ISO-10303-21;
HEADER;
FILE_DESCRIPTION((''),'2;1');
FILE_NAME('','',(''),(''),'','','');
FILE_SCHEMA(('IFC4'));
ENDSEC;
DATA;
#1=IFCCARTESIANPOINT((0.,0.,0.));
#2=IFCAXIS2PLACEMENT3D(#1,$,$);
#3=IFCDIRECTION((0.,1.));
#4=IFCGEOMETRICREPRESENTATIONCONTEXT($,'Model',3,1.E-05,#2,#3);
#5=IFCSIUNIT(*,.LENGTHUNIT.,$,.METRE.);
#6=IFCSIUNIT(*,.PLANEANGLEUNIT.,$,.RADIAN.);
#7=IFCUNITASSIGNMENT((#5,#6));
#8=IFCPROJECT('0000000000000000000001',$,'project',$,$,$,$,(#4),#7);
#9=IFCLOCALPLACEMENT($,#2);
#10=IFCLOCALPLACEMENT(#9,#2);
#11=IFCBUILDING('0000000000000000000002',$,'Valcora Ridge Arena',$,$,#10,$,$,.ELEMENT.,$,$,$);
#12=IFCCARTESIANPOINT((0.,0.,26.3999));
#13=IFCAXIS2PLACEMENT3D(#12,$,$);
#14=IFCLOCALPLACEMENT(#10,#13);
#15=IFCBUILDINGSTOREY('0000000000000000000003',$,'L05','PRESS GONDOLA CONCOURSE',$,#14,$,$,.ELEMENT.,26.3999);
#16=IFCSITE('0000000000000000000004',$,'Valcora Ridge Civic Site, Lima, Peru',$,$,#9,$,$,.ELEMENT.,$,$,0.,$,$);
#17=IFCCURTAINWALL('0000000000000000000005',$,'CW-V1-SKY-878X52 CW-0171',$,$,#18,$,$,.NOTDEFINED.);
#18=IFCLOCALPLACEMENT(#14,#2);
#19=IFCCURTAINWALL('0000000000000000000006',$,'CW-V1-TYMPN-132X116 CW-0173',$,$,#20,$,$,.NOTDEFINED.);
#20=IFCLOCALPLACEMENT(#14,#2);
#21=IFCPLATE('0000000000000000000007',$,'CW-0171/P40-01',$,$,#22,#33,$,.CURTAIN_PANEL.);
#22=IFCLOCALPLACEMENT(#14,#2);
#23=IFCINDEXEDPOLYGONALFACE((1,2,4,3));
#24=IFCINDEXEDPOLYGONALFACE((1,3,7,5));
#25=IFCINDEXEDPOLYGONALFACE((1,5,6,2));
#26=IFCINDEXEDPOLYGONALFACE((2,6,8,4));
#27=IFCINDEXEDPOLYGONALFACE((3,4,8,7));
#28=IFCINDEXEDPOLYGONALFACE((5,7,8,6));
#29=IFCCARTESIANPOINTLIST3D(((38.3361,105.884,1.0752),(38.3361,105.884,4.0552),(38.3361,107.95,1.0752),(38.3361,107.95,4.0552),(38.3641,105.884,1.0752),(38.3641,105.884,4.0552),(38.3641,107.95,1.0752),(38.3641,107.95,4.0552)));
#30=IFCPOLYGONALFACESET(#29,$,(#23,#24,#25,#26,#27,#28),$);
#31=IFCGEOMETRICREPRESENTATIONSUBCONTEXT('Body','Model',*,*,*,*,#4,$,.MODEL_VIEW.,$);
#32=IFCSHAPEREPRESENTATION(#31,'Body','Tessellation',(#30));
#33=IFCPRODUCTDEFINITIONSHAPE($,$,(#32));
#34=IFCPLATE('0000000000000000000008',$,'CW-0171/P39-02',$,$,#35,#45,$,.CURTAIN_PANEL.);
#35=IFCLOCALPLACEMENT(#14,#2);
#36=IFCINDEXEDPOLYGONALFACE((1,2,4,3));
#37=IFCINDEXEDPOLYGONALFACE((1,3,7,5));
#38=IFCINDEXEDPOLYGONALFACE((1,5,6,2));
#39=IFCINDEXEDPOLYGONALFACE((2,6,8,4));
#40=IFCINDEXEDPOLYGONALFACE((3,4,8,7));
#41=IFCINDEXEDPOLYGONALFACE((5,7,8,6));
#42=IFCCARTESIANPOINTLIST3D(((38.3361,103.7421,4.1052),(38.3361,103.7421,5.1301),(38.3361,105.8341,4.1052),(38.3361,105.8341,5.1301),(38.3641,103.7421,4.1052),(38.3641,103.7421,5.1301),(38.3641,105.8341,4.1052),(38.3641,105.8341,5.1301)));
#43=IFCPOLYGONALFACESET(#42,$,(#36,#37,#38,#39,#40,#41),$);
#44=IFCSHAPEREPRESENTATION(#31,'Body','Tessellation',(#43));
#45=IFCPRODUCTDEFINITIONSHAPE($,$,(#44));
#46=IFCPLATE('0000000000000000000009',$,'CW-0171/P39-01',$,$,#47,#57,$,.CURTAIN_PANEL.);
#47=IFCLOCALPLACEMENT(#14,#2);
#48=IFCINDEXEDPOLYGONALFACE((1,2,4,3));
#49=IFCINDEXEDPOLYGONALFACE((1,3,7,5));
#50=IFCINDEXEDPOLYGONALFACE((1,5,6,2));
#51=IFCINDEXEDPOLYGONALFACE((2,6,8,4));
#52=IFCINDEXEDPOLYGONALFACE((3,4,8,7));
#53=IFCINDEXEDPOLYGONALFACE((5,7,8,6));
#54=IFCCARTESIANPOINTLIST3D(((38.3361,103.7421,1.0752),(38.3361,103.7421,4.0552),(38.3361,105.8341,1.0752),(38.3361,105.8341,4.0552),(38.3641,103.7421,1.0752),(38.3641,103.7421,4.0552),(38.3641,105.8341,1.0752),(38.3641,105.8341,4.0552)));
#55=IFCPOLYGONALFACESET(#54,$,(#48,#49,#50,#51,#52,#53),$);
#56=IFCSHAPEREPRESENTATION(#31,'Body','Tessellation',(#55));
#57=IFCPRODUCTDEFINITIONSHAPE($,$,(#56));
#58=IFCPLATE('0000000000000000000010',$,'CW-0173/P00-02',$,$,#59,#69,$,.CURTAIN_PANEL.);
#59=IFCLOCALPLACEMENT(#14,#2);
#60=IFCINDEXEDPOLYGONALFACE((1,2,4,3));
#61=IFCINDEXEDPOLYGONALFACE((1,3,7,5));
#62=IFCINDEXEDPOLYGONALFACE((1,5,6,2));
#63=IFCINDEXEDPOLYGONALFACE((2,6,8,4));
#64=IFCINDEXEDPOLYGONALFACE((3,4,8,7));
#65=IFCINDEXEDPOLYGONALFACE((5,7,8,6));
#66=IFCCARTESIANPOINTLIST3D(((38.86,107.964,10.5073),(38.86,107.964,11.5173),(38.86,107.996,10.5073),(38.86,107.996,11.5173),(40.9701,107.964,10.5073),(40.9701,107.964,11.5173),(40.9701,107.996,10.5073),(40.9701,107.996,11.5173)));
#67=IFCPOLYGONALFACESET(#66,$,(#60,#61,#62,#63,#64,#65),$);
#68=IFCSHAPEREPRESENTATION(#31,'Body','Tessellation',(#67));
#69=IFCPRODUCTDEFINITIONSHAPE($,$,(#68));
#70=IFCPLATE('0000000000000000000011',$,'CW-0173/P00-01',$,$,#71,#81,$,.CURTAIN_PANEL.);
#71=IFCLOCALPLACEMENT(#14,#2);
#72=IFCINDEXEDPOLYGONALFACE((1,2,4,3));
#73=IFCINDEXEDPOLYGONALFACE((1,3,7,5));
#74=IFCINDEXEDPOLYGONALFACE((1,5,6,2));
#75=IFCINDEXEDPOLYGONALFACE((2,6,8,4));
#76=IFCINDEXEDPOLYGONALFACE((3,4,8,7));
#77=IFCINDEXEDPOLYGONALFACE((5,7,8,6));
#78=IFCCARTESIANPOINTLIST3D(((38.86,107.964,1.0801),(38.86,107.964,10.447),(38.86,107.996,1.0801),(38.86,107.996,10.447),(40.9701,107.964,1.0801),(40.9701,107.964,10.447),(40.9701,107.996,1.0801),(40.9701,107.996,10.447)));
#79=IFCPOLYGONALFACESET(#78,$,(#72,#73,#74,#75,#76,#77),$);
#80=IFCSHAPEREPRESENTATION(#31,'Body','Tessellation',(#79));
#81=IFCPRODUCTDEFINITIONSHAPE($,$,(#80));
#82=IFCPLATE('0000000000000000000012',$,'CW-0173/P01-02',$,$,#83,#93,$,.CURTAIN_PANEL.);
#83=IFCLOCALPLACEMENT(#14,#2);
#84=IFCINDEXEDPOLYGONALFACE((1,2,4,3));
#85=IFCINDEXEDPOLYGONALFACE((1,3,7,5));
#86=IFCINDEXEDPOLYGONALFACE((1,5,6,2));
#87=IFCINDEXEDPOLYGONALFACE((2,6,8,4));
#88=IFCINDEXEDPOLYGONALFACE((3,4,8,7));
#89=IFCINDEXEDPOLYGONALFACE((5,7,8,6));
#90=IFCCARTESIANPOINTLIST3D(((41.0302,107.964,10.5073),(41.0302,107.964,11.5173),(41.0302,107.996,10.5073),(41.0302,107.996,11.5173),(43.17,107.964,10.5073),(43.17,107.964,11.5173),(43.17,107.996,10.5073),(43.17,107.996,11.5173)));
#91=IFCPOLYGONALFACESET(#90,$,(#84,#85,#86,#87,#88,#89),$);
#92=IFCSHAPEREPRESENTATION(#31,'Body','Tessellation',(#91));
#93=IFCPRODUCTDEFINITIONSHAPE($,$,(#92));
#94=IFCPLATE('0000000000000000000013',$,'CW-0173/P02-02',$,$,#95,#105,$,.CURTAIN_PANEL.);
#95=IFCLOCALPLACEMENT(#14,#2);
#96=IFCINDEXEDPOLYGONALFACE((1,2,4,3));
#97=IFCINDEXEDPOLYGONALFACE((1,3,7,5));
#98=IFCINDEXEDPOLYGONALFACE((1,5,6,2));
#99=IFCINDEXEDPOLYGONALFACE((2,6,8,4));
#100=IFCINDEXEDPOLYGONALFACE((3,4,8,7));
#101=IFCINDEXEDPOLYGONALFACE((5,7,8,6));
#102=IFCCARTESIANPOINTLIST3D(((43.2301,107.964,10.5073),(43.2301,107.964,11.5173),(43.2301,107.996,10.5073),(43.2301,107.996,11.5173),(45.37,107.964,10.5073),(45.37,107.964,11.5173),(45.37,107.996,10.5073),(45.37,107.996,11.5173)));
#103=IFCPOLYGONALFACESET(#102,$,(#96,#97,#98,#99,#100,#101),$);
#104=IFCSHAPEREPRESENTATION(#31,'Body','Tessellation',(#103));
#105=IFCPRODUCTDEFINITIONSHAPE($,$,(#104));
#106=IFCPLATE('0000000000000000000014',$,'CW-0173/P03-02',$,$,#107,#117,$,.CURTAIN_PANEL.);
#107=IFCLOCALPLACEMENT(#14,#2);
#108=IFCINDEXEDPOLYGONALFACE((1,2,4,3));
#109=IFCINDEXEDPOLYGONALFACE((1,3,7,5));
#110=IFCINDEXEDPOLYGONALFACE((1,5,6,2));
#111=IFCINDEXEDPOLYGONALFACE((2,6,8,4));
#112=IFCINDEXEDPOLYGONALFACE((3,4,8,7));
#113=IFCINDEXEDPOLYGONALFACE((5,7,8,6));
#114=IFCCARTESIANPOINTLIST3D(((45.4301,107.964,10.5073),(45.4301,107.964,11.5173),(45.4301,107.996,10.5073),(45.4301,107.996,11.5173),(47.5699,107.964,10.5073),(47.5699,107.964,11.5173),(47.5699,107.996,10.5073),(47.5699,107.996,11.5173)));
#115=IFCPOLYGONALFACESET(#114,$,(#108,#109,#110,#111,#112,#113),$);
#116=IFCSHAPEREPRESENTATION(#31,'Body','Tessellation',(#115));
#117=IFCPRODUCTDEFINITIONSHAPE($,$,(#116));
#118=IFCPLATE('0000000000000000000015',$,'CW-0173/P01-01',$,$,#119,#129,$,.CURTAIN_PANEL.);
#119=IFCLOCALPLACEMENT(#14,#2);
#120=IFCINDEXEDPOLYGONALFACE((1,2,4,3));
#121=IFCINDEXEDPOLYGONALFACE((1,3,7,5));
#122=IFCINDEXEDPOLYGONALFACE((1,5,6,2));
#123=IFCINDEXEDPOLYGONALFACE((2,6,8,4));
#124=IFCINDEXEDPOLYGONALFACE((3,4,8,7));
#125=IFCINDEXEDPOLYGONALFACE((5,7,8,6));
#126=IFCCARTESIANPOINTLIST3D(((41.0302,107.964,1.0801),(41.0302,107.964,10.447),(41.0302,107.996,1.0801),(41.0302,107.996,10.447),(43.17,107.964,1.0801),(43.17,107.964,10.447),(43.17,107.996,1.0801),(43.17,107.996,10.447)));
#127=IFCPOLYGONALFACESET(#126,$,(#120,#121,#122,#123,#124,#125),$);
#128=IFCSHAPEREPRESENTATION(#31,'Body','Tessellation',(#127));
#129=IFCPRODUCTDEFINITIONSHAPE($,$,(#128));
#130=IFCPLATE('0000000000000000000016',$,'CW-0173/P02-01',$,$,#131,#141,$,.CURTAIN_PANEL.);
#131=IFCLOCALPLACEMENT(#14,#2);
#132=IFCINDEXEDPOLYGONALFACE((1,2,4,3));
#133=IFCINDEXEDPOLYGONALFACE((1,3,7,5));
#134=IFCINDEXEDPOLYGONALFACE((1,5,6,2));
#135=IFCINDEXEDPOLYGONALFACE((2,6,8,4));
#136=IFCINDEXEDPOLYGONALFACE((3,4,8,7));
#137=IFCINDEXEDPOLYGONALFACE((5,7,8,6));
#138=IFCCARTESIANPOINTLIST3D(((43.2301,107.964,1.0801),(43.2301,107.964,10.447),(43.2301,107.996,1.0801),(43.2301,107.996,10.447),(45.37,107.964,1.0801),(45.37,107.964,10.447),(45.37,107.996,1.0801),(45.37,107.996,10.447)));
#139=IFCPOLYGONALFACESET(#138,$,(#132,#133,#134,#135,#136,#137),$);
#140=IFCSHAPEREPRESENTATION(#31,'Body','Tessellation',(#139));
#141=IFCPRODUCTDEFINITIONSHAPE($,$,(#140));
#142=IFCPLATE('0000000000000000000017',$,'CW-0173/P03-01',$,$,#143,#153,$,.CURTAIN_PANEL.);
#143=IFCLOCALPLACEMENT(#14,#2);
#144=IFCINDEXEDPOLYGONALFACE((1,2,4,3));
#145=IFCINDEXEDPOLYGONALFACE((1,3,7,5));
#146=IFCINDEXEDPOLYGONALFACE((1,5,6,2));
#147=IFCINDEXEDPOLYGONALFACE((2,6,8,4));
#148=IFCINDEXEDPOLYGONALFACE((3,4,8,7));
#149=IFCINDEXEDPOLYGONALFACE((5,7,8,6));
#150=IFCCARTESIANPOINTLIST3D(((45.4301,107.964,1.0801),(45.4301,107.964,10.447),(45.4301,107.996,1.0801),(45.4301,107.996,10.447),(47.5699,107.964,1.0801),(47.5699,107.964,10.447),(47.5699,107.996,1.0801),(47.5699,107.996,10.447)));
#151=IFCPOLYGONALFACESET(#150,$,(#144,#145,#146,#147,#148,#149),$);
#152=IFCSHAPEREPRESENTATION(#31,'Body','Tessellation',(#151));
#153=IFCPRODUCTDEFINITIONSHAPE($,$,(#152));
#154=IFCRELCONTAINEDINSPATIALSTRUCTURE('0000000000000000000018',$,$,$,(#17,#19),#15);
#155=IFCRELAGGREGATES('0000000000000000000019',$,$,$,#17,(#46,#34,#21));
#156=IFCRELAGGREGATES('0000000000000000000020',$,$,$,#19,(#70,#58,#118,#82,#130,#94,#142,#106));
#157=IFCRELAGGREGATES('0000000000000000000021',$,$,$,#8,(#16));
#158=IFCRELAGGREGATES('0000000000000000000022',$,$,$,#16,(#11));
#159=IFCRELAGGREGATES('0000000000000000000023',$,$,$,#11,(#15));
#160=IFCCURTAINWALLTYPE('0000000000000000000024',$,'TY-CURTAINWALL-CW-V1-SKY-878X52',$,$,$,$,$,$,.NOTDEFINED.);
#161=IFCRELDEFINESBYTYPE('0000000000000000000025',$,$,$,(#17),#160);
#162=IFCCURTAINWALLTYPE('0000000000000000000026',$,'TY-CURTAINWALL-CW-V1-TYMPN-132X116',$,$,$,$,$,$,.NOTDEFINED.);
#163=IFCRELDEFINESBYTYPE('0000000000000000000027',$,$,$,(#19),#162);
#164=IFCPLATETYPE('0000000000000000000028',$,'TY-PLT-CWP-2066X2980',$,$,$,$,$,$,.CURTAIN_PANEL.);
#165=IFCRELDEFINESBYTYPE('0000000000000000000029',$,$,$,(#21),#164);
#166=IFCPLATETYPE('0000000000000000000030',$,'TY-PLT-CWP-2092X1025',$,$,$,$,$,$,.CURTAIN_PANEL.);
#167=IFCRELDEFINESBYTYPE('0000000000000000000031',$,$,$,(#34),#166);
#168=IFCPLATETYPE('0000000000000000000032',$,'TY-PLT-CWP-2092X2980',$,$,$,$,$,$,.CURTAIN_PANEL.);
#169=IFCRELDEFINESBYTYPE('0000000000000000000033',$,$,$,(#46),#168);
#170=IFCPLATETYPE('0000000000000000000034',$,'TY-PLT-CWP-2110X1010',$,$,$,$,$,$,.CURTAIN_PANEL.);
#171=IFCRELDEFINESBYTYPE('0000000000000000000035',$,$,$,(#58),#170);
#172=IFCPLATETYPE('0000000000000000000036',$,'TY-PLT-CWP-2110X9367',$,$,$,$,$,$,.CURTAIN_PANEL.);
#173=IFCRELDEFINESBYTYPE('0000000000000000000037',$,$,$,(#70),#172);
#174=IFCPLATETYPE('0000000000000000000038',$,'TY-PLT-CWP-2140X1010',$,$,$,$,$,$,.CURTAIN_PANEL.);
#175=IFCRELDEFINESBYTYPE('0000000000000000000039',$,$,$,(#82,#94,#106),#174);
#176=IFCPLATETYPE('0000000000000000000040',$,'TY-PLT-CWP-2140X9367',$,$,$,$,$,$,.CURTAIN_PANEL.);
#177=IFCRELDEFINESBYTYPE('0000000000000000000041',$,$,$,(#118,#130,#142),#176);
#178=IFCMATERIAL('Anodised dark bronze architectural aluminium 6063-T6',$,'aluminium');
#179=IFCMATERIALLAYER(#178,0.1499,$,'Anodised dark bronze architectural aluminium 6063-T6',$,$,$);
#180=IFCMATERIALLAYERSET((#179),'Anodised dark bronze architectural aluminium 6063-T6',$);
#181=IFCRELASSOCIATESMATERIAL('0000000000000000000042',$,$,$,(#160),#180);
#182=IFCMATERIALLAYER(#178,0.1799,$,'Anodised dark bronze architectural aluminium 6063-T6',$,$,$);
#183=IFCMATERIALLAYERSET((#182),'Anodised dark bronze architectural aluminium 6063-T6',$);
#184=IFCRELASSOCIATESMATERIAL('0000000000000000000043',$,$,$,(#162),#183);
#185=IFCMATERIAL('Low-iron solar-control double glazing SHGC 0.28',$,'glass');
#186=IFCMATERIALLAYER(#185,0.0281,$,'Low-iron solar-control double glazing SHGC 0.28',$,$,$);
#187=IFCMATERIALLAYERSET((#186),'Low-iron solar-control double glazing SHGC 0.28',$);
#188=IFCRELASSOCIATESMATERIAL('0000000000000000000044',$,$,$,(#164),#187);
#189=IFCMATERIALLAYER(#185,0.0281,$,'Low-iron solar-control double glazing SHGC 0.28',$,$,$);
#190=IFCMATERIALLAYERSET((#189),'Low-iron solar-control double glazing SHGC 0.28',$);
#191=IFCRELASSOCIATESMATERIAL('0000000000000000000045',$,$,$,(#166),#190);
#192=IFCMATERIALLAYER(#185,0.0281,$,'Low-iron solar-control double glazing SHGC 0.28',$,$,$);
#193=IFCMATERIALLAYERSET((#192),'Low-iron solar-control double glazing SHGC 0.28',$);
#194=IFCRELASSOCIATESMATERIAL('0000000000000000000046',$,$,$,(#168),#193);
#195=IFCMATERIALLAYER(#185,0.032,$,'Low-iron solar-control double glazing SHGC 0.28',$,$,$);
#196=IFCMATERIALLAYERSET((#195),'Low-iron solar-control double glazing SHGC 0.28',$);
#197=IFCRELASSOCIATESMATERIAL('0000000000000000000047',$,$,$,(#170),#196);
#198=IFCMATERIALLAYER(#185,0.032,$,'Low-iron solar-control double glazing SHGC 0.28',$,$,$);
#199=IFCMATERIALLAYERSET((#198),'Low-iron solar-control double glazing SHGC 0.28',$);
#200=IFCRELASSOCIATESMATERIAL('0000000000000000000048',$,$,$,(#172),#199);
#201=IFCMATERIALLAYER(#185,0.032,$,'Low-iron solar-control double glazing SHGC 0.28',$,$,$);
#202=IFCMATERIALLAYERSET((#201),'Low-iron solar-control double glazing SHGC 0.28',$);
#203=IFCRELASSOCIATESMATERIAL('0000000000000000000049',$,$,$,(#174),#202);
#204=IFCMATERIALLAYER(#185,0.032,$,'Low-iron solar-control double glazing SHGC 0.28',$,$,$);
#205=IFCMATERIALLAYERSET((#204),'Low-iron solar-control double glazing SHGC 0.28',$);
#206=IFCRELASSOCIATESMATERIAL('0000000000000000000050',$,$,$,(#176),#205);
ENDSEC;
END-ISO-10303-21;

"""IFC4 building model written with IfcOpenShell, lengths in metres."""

from ifc_helpers import new_model, si_unit, direction, frame, origin, origin_2d, place, context, subcontext, project, spatial, rectangle, extrude, material, layer, layer_set, type_object, element, aggregate, save


model = new_model("IFC4")

# Units and contexts
model_context = context("Model", 3, precision=1e-05, world=origin(), true_north=direction((0.0, 1.0)))
body_context = subcontext(model_context, "Body", "Model", "MODEL_VIEW")
ifc_project = project(units=[si_unit("LENGTHUNIT", "METRE"), si_unit("PLANEANGLEUNIT", "RADIAN")], contexts=[model_context])

# Site, building, storey
site_placement = place(None, origin())
site = spatial("IfcSite", under=ifc_project, at=site_placement, Name="Valcora Ridge Civic Site, Lima, Peru", CompositionType="ELEMENT", RefElevation=0.0)
building_placement = place(site_placement, origin())
building = spatial("IfcBuilding", under=site, at=building_placement, Name="Valcora Ridge Arena", CompositionType="ELEMENT")
storey_placement = place(building_placement, frame((0.0, 0.0, 26.3999)))
storey = spatial("IfcBuildingStorey", under=building, at=storey_placement, Name="L05", Description="PRESS GONDOLA CONCOURSE", CompositionType="ELEMENT", Elevation=26.3999)

# Curtain walls
ifc_material_1 = material(Name="Anodised dark bronze architectural aluminium 6063-T6", Category="aluminium")
ifc_layer_1 = layer(ifc_material_1, 0.1499, Name="Anodised dark bronze architectural aluminium 6063-T6")
ifc_layer_set_1 = layer_set([ifc_layer_1], Name="Anodised dark bronze architectural aluminium 6063-T6")
curtain_wall_type_1 = type_object("IfcCurtainWallType", Name="TY-CURTAINWALL-CW-V1-SKY-878X52", PredefinedType="NOTDEFINED", material=ifc_layer_set_1)
curtain_wall_1_placement = place(storey_placement, origin())
curtain_wall_1 = element("IfcCurtainWall", 1, at=curtain_wall_1_placement, inside=storey, type_object=curtain_wall_type_1, Name="CW-V1-SKY-878X52 CW-0171", PredefinedType="NOTDEFINED")
ifc_layer_2 = layer(ifc_material_1, 0.1799, Name="Anodised dark bronze architectural aluminium 6063-T6")
ifc_layer_set_2 = layer_set([ifc_layer_2], Name="Anodised dark bronze architectural aluminium 6063-T6")
curtain_wall_type_2 = type_object("IfcCurtainWallType", Name="TY-CURTAINWALL-CW-V1-TYMPN-132X116", PredefinedType="NOTDEFINED", material=ifc_layer_set_2)
curtain_wall_2_placement = place(storey_placement, origin())
curtain_wall_2 = element("IfcCurtainWall", 2, at=curtain_wall_2_placement, inside=storey, type_object=curtain_wall_type_2, Name="CW-V1-TYMPN-132X116 CW-0173", PredefinedType="NOTDEFINED")

# Plates
ifc_material_2 = material(Name="Low-iron solar-control double glazing SHGC 0.28", Category="glass")
ifc_layer_3 = layer(ifc_material_2, 0.0281, Name="Low-iron solar-control double glazing SHGC 0.28")
ifc_layer_set_3 = layer_set([ifc_layer_3], Name="Low-iron solar-control double glazing SHGC 0.28")
plate_type_1 = type_object("IfcPlateType", Name="TY-PLT-CWP-2066X2980", PredefinedType="CURTAIN_PANEL", material=ifc_layer_set_3)
plate_1_placement = place(storey_placement, frame((38.3501, 106.917, 1.0752), z_axis=(0.0, 0.0, 1.0), x_axis=(0.0, 1.0, 0.0)))
plate_1 = element("IfcPlate", 3, at=plate_1_placement, type_object=plate_type_1, Name="CW-0171/P40-01", PredefinedType="CURTAIN_PANEL", context=body_context, shape_type="SweptSolid", body=[
    extrude(rectangle(XDim=2.0659, YDim=0.0281, at=origin_2d()), origin(), (0.0, 0.0, 1.0), 2.98),
])
ifc_layer_4 = layer(ifc_material_2, 0.0281, Name="Low-iron solar-control double glazing SHGC 0.28")
ifc_layer_set_4 = layer_set([ifc_layer_4], Name="Low-iron solar-control double glazing SHGC 0.28")
plate_type_2 = type_object("IfcPlateType", Name="TY-PLT-CWP-2092X1025", PredefinedType="CURTAIN_PANEL", material=ifc_layer_set_4)
plate_2_placement = place(storey_placement, frame((38.3501, 104.7881, 4.1052), z_axis=(0.0, 0.0, 1.0), x_axis=(0.0, 1.0, 0.0)))
plate_2 = element("IfcPlate", 4, at=plate_2_placement, type_object=plate_type_2, Name="CW-0171/P39-02", PredefinedType="CURTAIN_PANEL", context=body_context, shape_type="SweptSolid", body=[
    extrude(rectangle(XDim=2.092, YDim=0.0281, at=origin_2d()), origin(), (0.0, 0.0, 1.0), 1.0249),
])
ifc_layer_5 = layer(ifc_material_2, 0.0281, Name="Low-iron solar-control double glazing SHGC 0.28")
ifc_layer_set_5 = layer_set([ifc_layer_5], Name="Low-iron solar-control double glazing SHGC 0.28")
plate_type_3 = type_object("IfcPlateType", Name="TY-PLT-CWP-2092X2980", PredefinedType="CURTAIN_PANEL", material=ifc_layer_set_5)
plate_3_placement = place(storey_placement, frame((38.3501, 104.7881, 1.0752), z_axis=(0.0, 0.0, 1.0), x_axis=(0.0, 1.0, 0.0)))
plate_3 = element("IfcPlate", 5, at=plate_3_placement, type_object=plate_type_3, Name="CW-0171/P39-01", PredefinedType="CURTAIN_PANEL", context=body_context, shape_type="SweptSolid", body=[
    extrude(rectangle(XDim=2.092, YDim=0.0281, at=origin_2d()), origin(), (0.0, 0.0, 1.0), 2.98),
])
aggregate(curtain_wall_1, [plate_3, plate_2, plate_1])
ifc_layer_6 = layer(ifc_material_2, 0.032, Name="Low-iron solar-control double glazing SHGC 0.28")
ifc_layer_set_6 = layer_set([ifc_layer_6], Name="Low-iron solar-control double glazing SHGC 0.28")
plate_type_4 = type_object("IfcPlateType", Name="TY-PLT-CWP-2110X1010", PredefinedType="CURTAIN_PANEL", material=ifc_layer_set_6)
plate_4_placement = place(storey_placement, frame((39.915, 107.98, 10.5073), z_axis=(0.0, 0.0, 1.0), x_axis=(1.0, 0.0, 0.0)))
plate_4 = element("IfcPlate", 6, at=plate_4_placement, type_object=plate_type_4, Name="CW-0173/P00-02", PredefinedType="CURTAIN_PANEL", context=body_context, shape_type="SweptSolid", body=[
    extrude(rectangle(XDim=2.1101, YDim=0.032, at=origin_2d()), origin(), (0.0, 0.0, 1.0), 1.01),
])
ifc_layer_7 = layer(ifc_material_2, 0.032, Name="Low-iron solar-control double glazing SHGC 0.28")
ifc_layer_set_7 = layer_set([ifc_layer_7], Name="Low-iron solar-control double glazing SHGC 0.28")
plate_type_5 = type_object("IfcPlateType", Name="TY-PLT-CWP-2110X9367", PredefinedType="CURTAIN_PANEL", material=ifc_layer_set_7)
plate_5_placement = place(storey_placement, frame((39.915, 107.98, 1.0801), z_axis=(0.0, 0.0, 1.0), x_axis=(1.0, 0.0, 0.0)))
plate_5 = element("IfcPlate", 7, at=plate_5_placement, type_object=plate_type_5, Name="CW-0173/P00-01", PredefinedType="CURTAIN_PANEL", context=body_context, shape_type="SweptSolid", body=[
    extrude(rectangle(XDim=2.1101, YDim=0.032, at=origin_2d()), origin(), (0.0, 0.0, 1.0), 9.3669),
])
ifc_layer_8 = layer(ifc_material_2, 0.032, Name="Low-iron solar-control double glazing SHGC 0.28")
ifc_layer_set_8 = layer_set([ifc_layer_8], Name="Low-iron solar-control double glazing SHGC 0.28")
plate_type_6 = type_object("IfcPlateType", Name="TY-PLT-CWP-2140X1010", PredefinedType="CURTAIN_PANEL", material=ifc_layer_set_8)
plate_6_placement = place(storey_placement, frame((42.1001, 107.98, 10.5073), z_axis=(0.0, 0.0, 1.0), x_axis=(1.0, 0.0, 0.0)))
plate_6 = element("IfcPlate", 8, at=plate_6_placement, type_object=plate_type_6, Name="CW-0173/P01-02", PredefinedType="CURTAIN_PANEL", context=body_context, shape_type="SweptSolid", body=[
    extrude(rectangle(XDim=2.1399, YDim=0.032, at=origin_2d()), origin(), (0.0, 0.0, 1.0), 1.01),
])
plate_7_placement = place(storey_placement, frame((44.3, 107.98, 10.5073), z_axis=(0.0, 0.0, 1.0), x_axis=(1.0, 0.0, 0.0)))
plate_7 = element("IfcPlate", 9, at=plate_7_placement, type_object=plate_type_6, Name="CW-0173/P02-02", PredefinedType="CURTAIN_PANEL", context=body_context, shape_type="SweptSolid", body=[
    extrude(rectangle(XDim=2.1399, YDim=0.032, at=origin_2d()), origin(), (0.0, 0.0, 1.0), 1.01),
])
plate_8_placement = place(storey_placement, frame((46.5, 107.98, 10.5073), z_axis=(0.0, 0.0, 1.0), x_axis=(1.0, 0.0, 0.0)))
plate_8 = element("IfcPlate", 10, at=plate_8_placement, type_object=plate_type_6, Name="CW-0173/P03-02", PredefinedType="CURTAIN_PANEL", context=body_context, shape_type="SweptSolid", body=[
    extrude(rectangle(XDim=2.1399, YDim=0.032, at=origin_2d()), origin(), (0.0, 0.0, 1.0), 1.01),
])
ifc_layer_9 = layer(ifc_material_2, 0.032, Name="Low-iron solar-control double glazing SHGC 0.28")
ifc_layer_set_9 = layer_set([ifc_layer_9], Name="Low-iron solar-control double glazing SHGC 0.28")
plate_type_7 = type_object("IfcPlateType", Name="TY-PLT-CWP-2140X9367", PredefinedType="CURTAIN_PANEL", material=ifc_layer_set_9)
plate_9_placement = place(storey_placement, frame((42.1001, 107.98, 1.0801), z_axis=(0.0, 0.0, 1.0), x_axis=(1.0, 0.0, 0.0)))
plate_9 = element("IfcPlate", 11, at=plate_9_placement, type_object=plate_type_7, Name="CW-0173/P01-01", PredefinedType="CURTAIN_PANEL", context=body_context, shape_type="SweptSolid", body=[
    extrude(rectangle(XDim=2.1399, YDim=0.032, at=origin_2d()), origin(), (0.0, 0.0, 1.0), 9.3669),
])
plate_10_placement = place(storey_placement, frame((44.3, 107.98, 1.0801), z_axis=(0.0, 0.0, 1.0), x_axis=(1.0, 0.0, 0.0)))
plate_10 = element("IfcPlate", 12, at=plate_10_placement, type_object=plate_type_7, Name="CW-0173/P02-01", PredefinedType="CURTAIN_PANEL", context=body_context, shape_type="SweptSolid", body=[
    extrude(rectangle(XDim=2.1399, YDim=0.032, at=origin_2d()), origin(), (0.0, 0.0, 1.0), 9.3669),
])
plate_11_placement = place(storey_placement, frame((46.5, 107.98, 1.0801), z_axis=(0.0, 0.0, 1.0), x_axis=(1.0, 0.0, 0.0)))
plate_11 = element("IfcPlate", 13, at=plate_11_placement, type_object=plate_type_7, Name="CW-0173/P03-01", PredefinedType="CURTAIN_PANEL", context=body_context, shape_type="SweptSolid", body=[
    extrude(rectangle(XDim=2.1399, YDim=0.032, at=origin_2d()), origin(), (0.0, 0.0, 1.0), 9.3669),
])
aggregate(curtain_wall_2, [plate_5, plate_4, plate_9, plate_6, plate_10, plate_7, plate_11, plate_8])

save(model, "model.ifc")
